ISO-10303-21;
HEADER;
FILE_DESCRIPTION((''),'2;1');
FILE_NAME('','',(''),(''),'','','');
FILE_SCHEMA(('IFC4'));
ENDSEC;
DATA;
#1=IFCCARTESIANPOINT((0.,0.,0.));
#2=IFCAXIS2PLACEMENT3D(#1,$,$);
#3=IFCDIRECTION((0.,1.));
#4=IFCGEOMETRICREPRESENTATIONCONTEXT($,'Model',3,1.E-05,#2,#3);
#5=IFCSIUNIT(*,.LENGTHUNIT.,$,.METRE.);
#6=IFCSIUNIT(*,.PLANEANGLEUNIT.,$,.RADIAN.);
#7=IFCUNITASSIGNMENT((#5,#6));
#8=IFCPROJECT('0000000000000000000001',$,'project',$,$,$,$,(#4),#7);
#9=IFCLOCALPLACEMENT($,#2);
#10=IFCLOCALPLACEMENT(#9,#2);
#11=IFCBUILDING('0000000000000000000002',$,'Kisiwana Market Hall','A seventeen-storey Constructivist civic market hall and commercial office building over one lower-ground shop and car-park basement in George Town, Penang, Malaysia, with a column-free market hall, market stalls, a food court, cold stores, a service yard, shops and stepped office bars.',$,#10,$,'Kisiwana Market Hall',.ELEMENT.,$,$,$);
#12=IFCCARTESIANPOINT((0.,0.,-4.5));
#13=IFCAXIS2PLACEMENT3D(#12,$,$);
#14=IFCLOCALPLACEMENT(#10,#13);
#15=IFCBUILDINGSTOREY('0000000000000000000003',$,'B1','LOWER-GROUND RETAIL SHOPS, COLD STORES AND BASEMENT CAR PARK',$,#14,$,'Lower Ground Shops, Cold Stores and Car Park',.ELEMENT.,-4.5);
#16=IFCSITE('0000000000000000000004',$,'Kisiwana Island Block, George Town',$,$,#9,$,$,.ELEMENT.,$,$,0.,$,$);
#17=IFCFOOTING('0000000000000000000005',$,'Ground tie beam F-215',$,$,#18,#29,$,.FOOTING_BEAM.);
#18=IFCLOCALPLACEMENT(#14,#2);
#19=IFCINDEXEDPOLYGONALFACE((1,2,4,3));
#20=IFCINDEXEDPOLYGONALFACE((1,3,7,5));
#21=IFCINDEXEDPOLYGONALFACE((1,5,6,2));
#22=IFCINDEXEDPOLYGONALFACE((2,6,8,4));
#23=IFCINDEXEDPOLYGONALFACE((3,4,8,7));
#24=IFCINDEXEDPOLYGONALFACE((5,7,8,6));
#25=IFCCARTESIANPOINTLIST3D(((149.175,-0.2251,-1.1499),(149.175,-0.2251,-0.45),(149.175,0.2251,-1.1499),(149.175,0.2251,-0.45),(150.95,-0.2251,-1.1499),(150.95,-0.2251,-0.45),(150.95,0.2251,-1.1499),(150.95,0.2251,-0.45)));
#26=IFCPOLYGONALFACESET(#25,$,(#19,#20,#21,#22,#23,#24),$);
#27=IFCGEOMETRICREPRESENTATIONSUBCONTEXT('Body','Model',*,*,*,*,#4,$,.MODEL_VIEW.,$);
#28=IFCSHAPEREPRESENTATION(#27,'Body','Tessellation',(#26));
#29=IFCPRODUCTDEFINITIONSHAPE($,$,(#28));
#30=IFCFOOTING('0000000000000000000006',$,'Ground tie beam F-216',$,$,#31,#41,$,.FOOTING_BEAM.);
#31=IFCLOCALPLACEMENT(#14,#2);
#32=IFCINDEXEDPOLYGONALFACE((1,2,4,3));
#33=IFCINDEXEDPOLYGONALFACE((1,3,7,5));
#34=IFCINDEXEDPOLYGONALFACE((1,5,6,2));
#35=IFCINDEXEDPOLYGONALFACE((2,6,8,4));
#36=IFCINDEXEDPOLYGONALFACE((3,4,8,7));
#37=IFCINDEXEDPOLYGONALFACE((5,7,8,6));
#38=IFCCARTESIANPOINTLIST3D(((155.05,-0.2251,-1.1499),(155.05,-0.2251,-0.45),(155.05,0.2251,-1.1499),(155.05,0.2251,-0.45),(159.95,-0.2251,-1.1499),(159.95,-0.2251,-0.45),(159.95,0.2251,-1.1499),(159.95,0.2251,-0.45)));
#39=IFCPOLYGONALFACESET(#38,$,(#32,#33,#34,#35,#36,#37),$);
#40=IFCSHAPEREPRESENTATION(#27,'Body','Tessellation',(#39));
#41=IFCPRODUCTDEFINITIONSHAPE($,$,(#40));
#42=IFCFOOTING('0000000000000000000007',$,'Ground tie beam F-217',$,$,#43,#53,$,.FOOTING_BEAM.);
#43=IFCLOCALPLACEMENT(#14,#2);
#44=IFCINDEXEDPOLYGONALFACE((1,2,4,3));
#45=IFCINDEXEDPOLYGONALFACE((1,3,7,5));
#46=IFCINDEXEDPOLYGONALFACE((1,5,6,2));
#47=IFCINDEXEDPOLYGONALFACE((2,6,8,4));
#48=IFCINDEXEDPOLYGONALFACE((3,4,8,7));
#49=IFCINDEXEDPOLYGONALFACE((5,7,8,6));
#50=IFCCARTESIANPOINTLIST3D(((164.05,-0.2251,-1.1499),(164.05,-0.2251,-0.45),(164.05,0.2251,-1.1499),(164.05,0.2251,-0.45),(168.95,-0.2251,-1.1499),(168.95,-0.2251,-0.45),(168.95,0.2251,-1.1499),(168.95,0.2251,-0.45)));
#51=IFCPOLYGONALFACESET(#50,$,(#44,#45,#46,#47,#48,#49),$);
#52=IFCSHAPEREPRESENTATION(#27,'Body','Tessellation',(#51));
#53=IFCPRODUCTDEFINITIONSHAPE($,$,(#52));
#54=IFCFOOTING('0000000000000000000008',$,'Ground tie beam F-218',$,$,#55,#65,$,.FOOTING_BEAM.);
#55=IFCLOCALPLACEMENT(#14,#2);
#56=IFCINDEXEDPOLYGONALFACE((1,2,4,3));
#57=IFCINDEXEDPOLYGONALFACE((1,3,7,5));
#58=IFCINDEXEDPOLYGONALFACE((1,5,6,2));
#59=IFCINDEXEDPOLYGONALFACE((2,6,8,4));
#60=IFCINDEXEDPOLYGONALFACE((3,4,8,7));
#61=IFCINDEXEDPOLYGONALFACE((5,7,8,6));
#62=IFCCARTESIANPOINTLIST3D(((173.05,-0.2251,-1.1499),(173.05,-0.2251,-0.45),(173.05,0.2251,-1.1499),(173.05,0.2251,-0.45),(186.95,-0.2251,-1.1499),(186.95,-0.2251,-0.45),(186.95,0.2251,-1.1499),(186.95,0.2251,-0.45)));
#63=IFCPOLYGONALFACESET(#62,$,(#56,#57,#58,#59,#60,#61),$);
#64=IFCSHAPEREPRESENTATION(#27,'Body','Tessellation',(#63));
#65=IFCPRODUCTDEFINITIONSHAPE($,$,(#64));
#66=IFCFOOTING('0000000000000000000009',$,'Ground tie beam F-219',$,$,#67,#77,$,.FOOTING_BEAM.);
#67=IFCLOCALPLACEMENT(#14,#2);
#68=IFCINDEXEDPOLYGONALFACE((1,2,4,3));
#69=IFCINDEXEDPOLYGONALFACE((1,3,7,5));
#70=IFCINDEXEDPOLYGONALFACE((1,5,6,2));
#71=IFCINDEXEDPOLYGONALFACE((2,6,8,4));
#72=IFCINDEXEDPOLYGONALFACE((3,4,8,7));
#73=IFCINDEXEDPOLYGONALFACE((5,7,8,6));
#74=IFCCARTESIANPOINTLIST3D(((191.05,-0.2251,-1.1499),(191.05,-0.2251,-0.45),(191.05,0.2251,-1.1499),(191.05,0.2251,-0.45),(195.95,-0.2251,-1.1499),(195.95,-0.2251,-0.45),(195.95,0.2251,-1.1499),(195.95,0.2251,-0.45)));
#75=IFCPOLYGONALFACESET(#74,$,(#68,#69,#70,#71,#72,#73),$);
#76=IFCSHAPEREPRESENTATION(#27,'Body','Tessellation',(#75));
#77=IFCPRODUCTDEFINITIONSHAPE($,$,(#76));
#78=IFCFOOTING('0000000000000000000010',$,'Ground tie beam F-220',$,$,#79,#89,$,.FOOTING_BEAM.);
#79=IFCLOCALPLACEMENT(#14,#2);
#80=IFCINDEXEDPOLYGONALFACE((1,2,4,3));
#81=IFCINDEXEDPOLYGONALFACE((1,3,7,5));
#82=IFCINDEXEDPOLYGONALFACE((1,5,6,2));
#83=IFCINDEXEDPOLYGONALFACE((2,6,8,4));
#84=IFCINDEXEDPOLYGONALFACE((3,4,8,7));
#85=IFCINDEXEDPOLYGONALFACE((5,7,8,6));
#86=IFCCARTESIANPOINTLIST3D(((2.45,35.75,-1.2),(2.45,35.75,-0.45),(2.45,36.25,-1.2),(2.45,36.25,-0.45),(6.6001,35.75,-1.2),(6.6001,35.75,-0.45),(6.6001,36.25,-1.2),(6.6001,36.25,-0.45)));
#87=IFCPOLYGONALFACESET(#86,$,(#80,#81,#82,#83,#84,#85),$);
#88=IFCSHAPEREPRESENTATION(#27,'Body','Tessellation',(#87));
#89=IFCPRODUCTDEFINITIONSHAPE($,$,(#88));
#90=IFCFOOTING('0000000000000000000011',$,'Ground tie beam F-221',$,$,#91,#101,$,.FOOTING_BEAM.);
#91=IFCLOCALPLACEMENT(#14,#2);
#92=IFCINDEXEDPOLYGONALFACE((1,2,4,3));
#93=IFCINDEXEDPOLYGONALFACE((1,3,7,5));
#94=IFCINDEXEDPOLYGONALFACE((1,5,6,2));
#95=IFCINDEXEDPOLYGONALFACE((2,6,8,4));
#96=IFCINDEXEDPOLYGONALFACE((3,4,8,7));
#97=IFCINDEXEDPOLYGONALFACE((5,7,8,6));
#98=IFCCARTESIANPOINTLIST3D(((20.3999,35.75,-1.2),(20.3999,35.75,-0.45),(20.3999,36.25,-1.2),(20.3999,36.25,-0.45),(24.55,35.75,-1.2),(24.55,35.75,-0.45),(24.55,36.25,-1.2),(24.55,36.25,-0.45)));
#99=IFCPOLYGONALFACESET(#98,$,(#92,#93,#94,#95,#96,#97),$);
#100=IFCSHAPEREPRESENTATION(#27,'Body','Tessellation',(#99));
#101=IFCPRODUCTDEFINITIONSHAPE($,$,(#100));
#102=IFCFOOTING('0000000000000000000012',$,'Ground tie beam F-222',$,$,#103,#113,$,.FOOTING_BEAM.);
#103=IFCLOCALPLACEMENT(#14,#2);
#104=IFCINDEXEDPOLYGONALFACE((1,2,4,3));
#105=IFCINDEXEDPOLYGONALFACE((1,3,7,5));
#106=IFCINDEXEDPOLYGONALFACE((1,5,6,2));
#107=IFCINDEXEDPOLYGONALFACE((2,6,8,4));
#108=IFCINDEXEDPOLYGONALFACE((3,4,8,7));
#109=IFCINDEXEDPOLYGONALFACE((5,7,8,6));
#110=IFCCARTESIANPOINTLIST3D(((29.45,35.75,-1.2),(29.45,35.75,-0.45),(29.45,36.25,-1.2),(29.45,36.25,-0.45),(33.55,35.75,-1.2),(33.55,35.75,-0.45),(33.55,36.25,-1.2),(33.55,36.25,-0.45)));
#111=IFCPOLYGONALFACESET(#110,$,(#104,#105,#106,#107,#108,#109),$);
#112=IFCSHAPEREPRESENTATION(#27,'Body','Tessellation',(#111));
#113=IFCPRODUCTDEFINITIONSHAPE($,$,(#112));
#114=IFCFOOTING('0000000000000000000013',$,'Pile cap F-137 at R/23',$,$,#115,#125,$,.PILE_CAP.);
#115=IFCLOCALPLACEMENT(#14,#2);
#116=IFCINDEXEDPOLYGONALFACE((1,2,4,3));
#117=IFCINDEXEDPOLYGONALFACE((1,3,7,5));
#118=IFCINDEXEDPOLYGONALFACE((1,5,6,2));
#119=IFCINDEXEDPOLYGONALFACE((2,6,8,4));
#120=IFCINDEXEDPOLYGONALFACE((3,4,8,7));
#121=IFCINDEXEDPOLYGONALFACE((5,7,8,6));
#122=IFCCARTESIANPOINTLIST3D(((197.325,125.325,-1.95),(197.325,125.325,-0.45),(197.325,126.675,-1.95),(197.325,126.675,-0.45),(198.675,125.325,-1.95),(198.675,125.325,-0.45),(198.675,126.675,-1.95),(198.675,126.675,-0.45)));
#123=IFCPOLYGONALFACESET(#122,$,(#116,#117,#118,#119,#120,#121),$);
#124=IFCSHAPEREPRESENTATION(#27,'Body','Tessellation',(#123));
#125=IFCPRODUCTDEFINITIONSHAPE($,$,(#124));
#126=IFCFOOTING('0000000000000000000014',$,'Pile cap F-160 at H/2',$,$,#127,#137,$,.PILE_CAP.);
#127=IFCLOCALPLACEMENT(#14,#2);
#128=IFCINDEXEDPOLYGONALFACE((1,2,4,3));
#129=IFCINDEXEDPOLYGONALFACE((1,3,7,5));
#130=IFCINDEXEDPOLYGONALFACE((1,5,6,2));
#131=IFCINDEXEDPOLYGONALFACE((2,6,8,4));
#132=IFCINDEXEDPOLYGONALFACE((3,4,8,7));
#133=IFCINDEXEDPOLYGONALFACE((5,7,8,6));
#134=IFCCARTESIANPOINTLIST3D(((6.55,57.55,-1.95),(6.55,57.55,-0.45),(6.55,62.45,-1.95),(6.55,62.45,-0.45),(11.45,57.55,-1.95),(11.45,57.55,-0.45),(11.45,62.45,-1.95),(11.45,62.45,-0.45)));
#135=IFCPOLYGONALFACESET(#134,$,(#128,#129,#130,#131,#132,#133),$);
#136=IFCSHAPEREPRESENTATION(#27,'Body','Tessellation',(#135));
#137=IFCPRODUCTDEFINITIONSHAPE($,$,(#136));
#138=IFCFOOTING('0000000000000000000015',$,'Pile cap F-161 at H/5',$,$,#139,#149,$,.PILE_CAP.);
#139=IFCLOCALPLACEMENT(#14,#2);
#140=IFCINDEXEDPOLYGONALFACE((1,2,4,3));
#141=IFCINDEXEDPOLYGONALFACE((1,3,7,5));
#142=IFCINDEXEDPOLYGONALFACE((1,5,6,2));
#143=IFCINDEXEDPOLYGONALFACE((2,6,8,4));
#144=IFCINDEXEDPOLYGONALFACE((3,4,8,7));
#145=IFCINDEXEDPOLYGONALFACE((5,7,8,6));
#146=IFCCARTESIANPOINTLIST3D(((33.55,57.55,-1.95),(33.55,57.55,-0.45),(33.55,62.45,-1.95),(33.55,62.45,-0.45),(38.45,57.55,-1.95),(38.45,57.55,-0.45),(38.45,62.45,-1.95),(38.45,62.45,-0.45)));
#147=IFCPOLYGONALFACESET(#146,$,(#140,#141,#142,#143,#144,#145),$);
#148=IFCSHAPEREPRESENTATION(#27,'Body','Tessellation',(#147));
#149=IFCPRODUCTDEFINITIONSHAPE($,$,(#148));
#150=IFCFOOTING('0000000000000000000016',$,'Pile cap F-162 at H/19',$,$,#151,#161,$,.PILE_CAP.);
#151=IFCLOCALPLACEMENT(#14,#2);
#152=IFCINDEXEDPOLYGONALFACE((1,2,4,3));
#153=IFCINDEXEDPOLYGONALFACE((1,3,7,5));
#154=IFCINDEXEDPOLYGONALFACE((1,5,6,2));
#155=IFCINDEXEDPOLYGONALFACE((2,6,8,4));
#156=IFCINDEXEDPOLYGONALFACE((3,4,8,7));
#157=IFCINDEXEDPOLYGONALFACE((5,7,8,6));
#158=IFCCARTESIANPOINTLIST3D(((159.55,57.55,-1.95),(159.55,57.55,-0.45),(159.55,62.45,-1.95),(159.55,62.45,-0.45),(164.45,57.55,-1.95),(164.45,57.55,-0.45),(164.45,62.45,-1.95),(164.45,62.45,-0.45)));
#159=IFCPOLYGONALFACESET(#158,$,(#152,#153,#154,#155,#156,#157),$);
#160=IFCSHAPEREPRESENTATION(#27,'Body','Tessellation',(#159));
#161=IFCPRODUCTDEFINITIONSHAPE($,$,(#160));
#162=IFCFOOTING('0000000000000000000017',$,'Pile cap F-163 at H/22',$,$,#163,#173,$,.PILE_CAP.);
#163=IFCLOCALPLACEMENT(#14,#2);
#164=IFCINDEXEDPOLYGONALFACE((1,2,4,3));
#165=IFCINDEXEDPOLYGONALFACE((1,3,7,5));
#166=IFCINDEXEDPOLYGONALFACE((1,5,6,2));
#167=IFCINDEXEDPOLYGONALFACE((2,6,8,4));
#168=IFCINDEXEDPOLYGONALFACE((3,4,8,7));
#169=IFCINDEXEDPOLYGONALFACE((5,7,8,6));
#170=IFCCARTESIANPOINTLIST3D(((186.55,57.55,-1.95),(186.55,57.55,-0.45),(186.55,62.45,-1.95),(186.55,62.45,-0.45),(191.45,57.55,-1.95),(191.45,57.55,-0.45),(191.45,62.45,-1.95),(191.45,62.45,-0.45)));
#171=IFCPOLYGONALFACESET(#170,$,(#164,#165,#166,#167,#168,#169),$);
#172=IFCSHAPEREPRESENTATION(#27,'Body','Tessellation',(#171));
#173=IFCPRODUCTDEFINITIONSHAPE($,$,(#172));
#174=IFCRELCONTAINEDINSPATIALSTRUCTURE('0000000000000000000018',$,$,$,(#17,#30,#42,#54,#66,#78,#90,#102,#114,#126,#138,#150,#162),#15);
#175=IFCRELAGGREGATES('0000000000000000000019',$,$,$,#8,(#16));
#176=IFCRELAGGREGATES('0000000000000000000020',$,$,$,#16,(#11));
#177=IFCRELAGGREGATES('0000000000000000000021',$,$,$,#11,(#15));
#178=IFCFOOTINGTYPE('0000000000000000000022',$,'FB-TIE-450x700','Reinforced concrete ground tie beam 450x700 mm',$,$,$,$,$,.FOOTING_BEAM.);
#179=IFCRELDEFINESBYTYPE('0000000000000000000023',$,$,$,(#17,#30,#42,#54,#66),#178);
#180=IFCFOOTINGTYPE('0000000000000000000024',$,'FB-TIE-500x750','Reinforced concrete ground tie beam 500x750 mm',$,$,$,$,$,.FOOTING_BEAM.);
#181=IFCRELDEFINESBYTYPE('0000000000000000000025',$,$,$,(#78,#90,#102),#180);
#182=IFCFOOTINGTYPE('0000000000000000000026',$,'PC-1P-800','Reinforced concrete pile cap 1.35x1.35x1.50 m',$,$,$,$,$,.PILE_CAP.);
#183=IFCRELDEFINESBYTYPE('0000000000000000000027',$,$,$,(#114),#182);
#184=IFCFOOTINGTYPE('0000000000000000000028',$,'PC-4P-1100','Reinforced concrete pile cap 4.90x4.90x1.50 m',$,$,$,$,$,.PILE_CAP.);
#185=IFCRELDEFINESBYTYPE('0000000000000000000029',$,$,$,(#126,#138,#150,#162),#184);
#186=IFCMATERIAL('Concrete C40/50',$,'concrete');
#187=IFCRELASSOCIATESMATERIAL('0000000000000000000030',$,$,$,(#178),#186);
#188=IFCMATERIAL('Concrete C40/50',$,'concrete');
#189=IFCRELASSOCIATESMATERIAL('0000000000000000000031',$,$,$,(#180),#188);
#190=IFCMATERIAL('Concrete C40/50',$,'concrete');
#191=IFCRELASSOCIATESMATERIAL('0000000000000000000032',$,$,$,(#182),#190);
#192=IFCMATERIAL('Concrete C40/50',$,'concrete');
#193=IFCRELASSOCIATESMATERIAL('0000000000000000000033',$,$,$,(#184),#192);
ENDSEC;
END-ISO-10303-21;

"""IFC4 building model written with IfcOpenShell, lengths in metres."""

from ifc_helpers import new_model, si_unit, direction, frame, origin, place, context, subcontext, project, spatial, polyline, outline, extrude, material, type_object, element, save


model = new_model("IFC4")

# Units and contexts
model_context = context("Model", 3, precision=1e-05, world=origin(), true_north=direction((0.0, 1.0)))
body_context = subcontext(model_context, "Body", "Model", "MODEL_VIEW")
ifc_project = project(units=[si_unit("LENGTHUNIT", "METRE"), si_unit("PLANEANGLEUNIT", "RADIAN")], contexts=[model_context])

# Site, building, storey
site_placement = place(None, origin())
site = spatial("IfcSite", under=ifc_project, at=site_placement, Name="Kisiwana Island Block, George Town", CompositionType="ELEMENT", RefElevation=0.0)
building_placement = place(site_placement, origin())
building = spatial("IfcBuilding", under=site, at=building_placement, Name="Kisiwana Market Hall", Description="A seventeen-storey Constructivist civic market hall and commercial office building over one lower-ground shop and car-park basement in George Town, Penang, Malaysia, with a column-free market hall, market stalls, a food court, cold stores, a service yard, shops and stepped office bars.", LongName="Kisiwana Market Hall", CompositionType="ELEMENT")
storey_placement = place(building_placement, frame((0.0, 0.0, -4.5)))
storey = spatial("IfcBuildingStorey", under=building, at=storey_placement, Name="B1", Description="LOWER-GROUND RETAIL SHOPS, COLD STORES AND BASEMENT CAR PARK", LongName="Lower Ground Shops, Cold Stores and Car Park", CompositionType="ELEMENT", Elevation=-4.5)

# Footings
ifc_material_1 = material(Name="Concrete C40/50", Category="concrete")
footing_type_1 = type_object("IfcFootingType", Name="FB-TIE-450x700", Description="Reinforced concrete ground tie beam 450x700 mm", PredefinedType="FOOTING_BEAM", material=ifc_material_1)
footing_1_placement = place(storey_placement, frame((0.0, 0.0, -1.1499)))
element("IfcFooting", 1, at=footing_1_placement, inside=storey, type_object=footing_type_1, Name="Ground tie beam F-215", PredefinedType="FOOTING_BEAM", context=body_context, shape_type="SweptSolid", body=[
    extrude(outline(polyline([(149.175, -0.2251), (150.95, -0.2251), (150.95, 0.2251), (149.175, 0.2251), (149.175, -0.2251)])), origin(), (0.0, 0.0, 1.0), 0.7),
])
footing_2_placement = place(storey_placement, frame((0.0, 0.0, -1.1499)))
element("IfcFooting", 2, at=footing_2_placement, inside=storey, type_object=footing_type_1, Name="Ground tie beam F-216", PredefinedType="FOOTING_BEAM", context=body_context, shape_type="SweptSolid", body=[
    extrude(outline(polyline([(155.05, -0.2251), (159.95, -0.2251), (159.95, 0.2251), (155.05, 0.2251), (155.05, -0.2251)])), origin(), (0.0, 0.0, 1.0), 0.7),
])
footing_3_placement = place(storey_placement, frame((0.0, 0.0, -1.1499)))
element("IfcFooting", 3, at=footing_3_placement, inside=storey, type_object=footing_type_1, Name="Ground tie beam F-217", PredefinedType="FOOTING_BEAM", context=body_context, shape_type="SweptSolid", body=[
    extrude(outline(polyline([(164.05, -0.2251), (168.95, -0.2251), (168.95, 0.2251), (164.05, 0.2251), (164.05, -0.2251)])), origin(), (0.0, 0.0, 1.0), 0.7),
])
footing_4_placement = place(storey_placement, frame((0.0, 0.0, -1.1499)))
element("IfcFooting", 4, at=footing_4_placement, inside=storey, type_object=footing_type_1, Name="Ground tie beam F-218", PredefinedType="FOOTING_BEAM", context=body_context, shape_type="SweptSolid", body=[
    extrude(outline(polyline([(173.05, -0.2251), (186.95, -0.2251), (186.95, 0.2251), (173.05, 0.2251), (173.05, -0.2251)])), origin(), (0.0, 0.0, 1.0), 0.7),
])
footing_5_placement = place(storey_placement, frame((0.0, 0.0, -1.1499)))
element("IfcFooting", 5, at=footing_5_placement, inside=storey, type_object=footing_type_1, Name="Ground tie beam F-219", PredefinedType="FOOTING_BEAM", context=body_context, shape_type="SweptSolid", body=[
    extrude(outline(polyline([(191.05, -0.2251), (195.95, -0.2251), (195.95, 0.2251), (191.05, 0.2251), (191.05, -0.2251)])), origin(), (0.0, 0.0, 1.0), 0.7),
])
ifc_material_2 = material(Name="Concrete C40/50", Category="concrete")
footing_type_2 = type_object("IfcFootingType", Name="FB-TIE-500x750", Description="Reinforced concrete ground tie beam 500x750 mm", PredefinedType="FOOTING_BEAM", material=ifc_material_2)
footing_6_placement = place(storey_placement, frame((0.0, 0.0, -1.2)))
element("IfcFooting", 6, at=footing_6_placement, inside=storey, type_object=footing_type_2, Name="Ground tie beam F-220", PredefinedType="FOOTING_BEAM", context=body_context, shape_type="SweptSolid", body=[
    extrude(outline(polyline([(2.45, 35.75), (6.6001, 35.75), (6.6001, 36.25), (2.45, 36.25), (2.45, 35.75)])), origin(), (0.0, 0.0, 1.0), 0.75),
])
footing_7_placement = place(storey_placement, frame((0.0, 0.0, -1.2)))
element("IfcFooting", 7, at=footing_7_placement, inside=storey, type_object=footing_type_2, Name="Ground tie beam F-221", PredefinedType="FOOTING_BEAM", context=body_context, shape_type="SweptSolid", body=[
    extrude(outline(polyline([(20.3999, 35.75), (24.55, 35.75), (24.55, 36.25), (20.3999, 36.25), (20.3999, 35.75)])), origin(), (0.0, 0.0, 1.0), 0.75),
])
footing_8_placement = place(storey_placement, frame((0.0, 0.0, -1.2)))
element("IfcFooting", 8, at=footing_8_placement, inside=storey, type_object=footing_type_2, Name="Ground tie beam F-222", PredefinedType="FOOTING_BEAM", context=body_context, shape_type="SweptSolid", body=[
    extrude(outline(polyline([(29.45, 35.75), (33.55, 35.75), (33.55, 36.25), (29.45, 36.25), (29.45, 35.75)])), origin(), (0.0, 0.0, 1.0), 0.75),
])
ifc_material_3 = material(Name="Concrete C40/50", Category="concrete")
footing_type_3 = type_object("IfcFootingType", Name="PC-1P-800", Description="Reinforced concrete pile cap 1.35x1.35x1.50 m", PredefinedType="PILE_CAP", material=ifc_material_3)
footing_9_placement = place(storey_placement, frame((0.0, 0.0, -1.95)))
element("IfcFooting", 9, at=footing_9_placement, inside=storey, type_object=footing_type_3, Name="Pile cap F-137 at R/23", PredefinedType="PILE_CAP", context=body_context, shape_type="SweptSolid", body=[
    extrude(outline(polyline([(197.325, 125.325), (198.675, 125.325), (198.675, 126.675), (197.325, 126.675), (197.325, 125.325)])), origin(), (0.0, 0.0, 1.0), 1.5),
])
ifc_material_4 = material(Name="Concrete C40/50", Category="concrete")
footing_type_4 = type_object("IfcFootingType", Name="PC-4P-1100", Description="Reinforced concrete pile cap 4.90x4.90x1.50 m", PredefinedType="PILE_CAP", material=ifc_material_4)
footing_10_placement = place(storey_placement, frame((0.0, 0.0, -1.95)))
element("IfcFooting", 10, at=footing_10_placement, inside=storey, type_object=footing_type_4, Name="Pile cap F-160 at H/2", PredefinedType="PILE_CAP", context=body_context, shape_type="SweptSolid", body=[
    extrude(outline(polyline([(6.55, 57.55), (11.45, 57.55), (11.45, 62.45), (6.55, 62.45), (6.55, 57.55)])), origin(), (0.0, 0.0, 1.0), 1.5),
])
footing_11_placement = place(storey_placement, frame((0.0, 0.0, -1.95)))
element("IfcFooting", 11, at=footing_11_placement, inside=storey, type_object=footing_type_4, Name="Pile cap F-161 at H/5", PredefinedType="PILE_CAP", context=body_context, shape_type="SweptSolid", body=[
    extrude(outline(polyline([(33.55, 57.55), (38.45, 57.55), (38.45, 62.45), (33.55, 62.45), (33.55, 57.55)])), origin(), (0.0, 0.0, 1.0), 1.5),
])
footing_12_placement = place(storey_placement, frame((0.0, 0.0, -1.95)))
element("IfcFooting", 12, at=footing_12_placement, inside=storey, type_object=footing_type_4, Name="Pile cap F-162 at H/19", PredefinedType="PILE_CAP", context=body_context, shape_type="SweptSolid", body=[
    extrude(outline(polyline([(159.55, 57.55), (164.45, 57.55), (164.45, 62.45), (159.55, 62.45), (159.55, 57.55)])), origin(), (0.0, 0.0, 1.0), 1.5),
])
footing_13_placement = place(storey_placement, frame((0.0, 0.0, -1.95)))
element("IfcFooting", 13, at=footing_13_placement, inside=storey, type_object=footing_type_4, Name="Pile cap F-163 at H/22", PredefinedType="PILE_CAP", context=body_context, shape_type="SweptSolid", body=[
    extrude(outline(polyline([(186.55, 57.55), (191.45, 57.55), (191.45, 62.45), (186.55, 62.45), (186.55, 57.55)])), origin(), (0.0, 0.0, 1.0), 1.5),
])

save(model, "model.ifc")
